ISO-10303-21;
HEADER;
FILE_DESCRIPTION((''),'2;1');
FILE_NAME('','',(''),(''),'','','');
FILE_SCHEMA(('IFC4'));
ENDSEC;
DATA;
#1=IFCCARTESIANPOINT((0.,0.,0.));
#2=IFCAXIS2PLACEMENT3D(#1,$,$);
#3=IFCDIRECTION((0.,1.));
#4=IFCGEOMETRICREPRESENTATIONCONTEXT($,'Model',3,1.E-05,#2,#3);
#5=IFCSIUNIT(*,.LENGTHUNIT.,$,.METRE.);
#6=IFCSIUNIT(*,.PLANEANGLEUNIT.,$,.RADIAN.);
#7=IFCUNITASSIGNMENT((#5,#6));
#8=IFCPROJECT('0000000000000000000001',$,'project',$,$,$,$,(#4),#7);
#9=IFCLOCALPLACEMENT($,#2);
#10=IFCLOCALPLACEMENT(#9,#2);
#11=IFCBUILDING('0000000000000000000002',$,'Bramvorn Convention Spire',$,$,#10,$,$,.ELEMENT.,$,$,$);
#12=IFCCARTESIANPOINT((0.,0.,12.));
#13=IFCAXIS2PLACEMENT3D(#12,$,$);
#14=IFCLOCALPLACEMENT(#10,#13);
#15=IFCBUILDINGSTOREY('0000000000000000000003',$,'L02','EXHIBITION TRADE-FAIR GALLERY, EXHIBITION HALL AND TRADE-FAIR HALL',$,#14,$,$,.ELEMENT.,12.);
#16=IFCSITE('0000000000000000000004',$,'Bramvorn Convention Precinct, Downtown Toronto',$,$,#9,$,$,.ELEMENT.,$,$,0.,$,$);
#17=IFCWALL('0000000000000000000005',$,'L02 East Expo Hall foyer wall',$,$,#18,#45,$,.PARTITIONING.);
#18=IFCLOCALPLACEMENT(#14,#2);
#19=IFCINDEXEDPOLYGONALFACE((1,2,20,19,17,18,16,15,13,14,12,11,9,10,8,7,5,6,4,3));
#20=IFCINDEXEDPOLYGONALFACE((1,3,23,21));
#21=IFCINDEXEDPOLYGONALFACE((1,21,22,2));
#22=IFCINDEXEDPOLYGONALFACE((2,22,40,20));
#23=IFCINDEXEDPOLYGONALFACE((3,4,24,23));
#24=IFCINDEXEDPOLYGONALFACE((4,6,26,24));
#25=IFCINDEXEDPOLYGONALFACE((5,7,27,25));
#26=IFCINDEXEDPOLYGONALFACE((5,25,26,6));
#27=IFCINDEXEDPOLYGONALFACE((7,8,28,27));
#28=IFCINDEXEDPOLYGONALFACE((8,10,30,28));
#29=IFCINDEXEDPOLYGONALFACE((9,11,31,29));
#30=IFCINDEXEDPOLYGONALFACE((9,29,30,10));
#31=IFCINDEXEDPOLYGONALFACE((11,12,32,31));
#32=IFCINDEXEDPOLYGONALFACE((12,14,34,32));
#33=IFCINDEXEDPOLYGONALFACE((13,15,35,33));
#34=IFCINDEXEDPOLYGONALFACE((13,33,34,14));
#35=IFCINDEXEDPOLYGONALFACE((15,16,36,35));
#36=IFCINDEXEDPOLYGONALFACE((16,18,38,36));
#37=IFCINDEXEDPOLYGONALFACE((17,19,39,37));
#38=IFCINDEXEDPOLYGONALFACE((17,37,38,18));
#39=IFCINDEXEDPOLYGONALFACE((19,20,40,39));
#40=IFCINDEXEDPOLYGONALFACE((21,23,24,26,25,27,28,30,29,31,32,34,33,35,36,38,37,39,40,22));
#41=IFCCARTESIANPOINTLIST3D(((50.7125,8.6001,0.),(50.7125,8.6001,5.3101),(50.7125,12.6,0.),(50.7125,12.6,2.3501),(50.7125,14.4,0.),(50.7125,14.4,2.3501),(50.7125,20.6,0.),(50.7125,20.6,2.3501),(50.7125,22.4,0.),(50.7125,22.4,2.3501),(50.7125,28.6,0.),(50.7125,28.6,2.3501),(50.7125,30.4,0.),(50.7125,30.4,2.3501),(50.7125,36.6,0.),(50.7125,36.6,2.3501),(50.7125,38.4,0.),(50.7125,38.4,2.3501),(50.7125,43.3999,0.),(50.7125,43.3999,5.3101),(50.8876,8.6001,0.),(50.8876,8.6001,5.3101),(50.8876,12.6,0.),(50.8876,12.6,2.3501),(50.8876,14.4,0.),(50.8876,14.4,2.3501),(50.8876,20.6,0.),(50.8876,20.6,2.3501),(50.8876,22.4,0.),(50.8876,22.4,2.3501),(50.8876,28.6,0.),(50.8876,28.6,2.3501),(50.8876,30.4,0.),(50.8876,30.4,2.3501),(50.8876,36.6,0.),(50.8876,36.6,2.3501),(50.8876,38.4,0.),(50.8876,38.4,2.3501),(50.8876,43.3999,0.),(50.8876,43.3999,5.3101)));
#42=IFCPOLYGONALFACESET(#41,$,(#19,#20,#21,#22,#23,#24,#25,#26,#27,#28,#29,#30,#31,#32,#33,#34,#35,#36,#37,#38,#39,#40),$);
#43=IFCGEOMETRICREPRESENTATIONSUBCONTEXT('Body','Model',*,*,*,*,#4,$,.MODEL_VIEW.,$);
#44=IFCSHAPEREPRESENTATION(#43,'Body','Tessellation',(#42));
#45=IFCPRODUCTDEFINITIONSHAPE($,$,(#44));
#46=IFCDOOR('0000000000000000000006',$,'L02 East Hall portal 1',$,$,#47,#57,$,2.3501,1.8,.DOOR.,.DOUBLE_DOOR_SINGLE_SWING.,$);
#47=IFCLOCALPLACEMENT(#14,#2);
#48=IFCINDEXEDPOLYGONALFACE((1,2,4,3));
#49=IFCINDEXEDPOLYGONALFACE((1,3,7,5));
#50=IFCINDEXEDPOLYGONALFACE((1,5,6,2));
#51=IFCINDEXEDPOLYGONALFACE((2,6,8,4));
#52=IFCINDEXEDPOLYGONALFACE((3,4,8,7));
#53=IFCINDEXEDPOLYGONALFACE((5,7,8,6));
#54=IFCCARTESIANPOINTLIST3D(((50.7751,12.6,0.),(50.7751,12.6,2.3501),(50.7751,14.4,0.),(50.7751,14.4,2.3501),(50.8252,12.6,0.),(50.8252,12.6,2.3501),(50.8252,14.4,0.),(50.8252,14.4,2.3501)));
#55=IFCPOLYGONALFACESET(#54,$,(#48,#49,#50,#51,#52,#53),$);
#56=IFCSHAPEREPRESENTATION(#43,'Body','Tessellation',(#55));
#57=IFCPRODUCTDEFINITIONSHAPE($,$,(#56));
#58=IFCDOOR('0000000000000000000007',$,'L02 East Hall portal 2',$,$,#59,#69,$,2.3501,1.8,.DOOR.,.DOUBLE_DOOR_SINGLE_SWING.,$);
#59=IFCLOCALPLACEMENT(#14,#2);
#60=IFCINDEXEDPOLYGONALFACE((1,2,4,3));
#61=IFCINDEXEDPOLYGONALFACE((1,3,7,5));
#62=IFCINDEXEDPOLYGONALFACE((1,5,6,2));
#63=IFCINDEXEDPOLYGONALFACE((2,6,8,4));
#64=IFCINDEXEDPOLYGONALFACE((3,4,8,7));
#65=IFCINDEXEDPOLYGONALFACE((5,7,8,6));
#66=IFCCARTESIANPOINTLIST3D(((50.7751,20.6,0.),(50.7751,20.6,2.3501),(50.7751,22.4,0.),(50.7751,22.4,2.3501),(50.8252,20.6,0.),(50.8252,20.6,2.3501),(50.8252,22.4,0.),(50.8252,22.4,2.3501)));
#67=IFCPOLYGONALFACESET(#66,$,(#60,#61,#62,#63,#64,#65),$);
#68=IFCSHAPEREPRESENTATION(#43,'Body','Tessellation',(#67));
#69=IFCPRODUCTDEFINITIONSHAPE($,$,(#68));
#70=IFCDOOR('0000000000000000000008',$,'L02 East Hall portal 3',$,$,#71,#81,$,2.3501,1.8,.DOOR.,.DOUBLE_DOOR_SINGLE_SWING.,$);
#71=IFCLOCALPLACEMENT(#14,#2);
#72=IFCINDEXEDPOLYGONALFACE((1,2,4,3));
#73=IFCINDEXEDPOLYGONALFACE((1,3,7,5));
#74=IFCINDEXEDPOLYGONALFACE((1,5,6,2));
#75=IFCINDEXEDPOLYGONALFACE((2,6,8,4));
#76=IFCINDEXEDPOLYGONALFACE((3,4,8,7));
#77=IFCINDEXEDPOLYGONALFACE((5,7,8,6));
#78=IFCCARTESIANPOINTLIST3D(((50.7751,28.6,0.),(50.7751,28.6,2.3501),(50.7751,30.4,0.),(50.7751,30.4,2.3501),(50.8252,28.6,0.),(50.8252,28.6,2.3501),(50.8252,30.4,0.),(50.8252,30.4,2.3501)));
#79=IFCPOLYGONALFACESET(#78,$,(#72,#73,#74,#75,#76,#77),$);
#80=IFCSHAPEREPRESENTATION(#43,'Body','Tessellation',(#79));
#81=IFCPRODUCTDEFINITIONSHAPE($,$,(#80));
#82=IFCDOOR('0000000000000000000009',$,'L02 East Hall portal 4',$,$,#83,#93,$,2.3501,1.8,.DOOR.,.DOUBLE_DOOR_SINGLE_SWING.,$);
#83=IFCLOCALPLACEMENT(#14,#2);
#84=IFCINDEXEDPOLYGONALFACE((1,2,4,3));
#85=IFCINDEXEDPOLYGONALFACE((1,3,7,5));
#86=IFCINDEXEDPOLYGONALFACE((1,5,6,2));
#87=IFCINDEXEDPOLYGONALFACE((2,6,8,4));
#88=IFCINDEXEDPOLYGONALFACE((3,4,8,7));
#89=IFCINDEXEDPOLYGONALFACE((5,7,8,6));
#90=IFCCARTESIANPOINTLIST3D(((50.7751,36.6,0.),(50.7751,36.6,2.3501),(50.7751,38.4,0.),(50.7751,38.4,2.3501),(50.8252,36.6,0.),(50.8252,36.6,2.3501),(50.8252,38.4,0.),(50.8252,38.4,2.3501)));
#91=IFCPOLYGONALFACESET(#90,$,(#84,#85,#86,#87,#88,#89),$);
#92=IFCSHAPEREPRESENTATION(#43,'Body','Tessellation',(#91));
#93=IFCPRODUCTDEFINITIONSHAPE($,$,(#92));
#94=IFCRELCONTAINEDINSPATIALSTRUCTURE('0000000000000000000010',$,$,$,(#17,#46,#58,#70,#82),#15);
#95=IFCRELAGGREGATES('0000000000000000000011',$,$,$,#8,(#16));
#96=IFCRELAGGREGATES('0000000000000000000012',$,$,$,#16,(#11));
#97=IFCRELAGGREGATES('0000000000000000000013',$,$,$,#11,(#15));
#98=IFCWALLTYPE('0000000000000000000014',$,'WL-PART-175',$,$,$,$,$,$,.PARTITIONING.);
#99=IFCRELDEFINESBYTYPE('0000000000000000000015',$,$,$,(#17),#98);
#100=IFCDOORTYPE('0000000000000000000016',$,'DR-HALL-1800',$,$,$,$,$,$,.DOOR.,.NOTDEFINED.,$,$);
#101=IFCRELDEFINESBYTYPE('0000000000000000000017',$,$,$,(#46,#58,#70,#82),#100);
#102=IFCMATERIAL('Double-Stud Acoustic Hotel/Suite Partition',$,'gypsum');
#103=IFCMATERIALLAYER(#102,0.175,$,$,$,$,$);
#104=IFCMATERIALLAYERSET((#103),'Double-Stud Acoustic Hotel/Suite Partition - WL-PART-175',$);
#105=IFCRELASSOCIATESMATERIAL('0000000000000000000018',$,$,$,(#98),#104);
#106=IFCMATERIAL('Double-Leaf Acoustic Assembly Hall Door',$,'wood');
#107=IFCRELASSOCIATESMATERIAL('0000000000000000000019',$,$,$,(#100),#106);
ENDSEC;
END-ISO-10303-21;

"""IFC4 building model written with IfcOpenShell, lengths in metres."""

from ifc_helpers import new_model, si_unit, direction, frame, frame_2d, origin, place, context, subcontext, project, spatial, rectangle, extrude, material, layer, layer_set, type_object, element, fill, save


model = new_model("IFC4")

# Units and contexts
model_context = context("Model", 3, precision=1e-05, world=origin(), true_north=direction((0.0, 1.0)))
body_context = subcontext(model_context, "Body", "Model", "MODEL_VIEW")
ifc_project = project(units=[si_unit("LENGTHUNIT", "METRE"), si_unit("PLANEANGLEUNIT", "RADIAN")], contexts=[model_context])

# Site, building, storey
site_placement = place(None, origin())
site = spatial("IfcSite", under=ifc_project, at=site_placement, Name="Bramvorn Convention Precinct, Downtown Toronto", CompositionType="ELEMENT", RefElevation=0.0)
building_placement = place(site_placement, origin())
building = spatial("IfcBuilding", under=site, at=building_placement, Name="Bramvorn Convention Spire", CompositionType="ELEMENT")
storey_placement = place(building_placement, frame((0.0, 0.0, 12.0)))
storey = spatial("IfcBuildingStorey", under=building, at=storey_placement, Name="L02", Description="EXHIBITION TRADE-FAIR GALLERY, EXHIBITION HALL AND TRADE-FAIR HALL", CompositionType="ELEMENT", Elevation=12.0)

# Wall, openings, doors
ifc_material_1 = material(Name="Double-Stud Acoustic Hotel/Suite Partition", Category="gypsum")
ifc_layer_1 = layer(ifc_material_1, 0.175)
ifc_layer_set_1 = layer_set([ifc_layer_1], Name="Double-Stud Acoustic Hotel/Suite Partition - WL-PART-175")
wall_type_1 = type_object("IfcWallType", Name="WL-PART-175", PredefinedType="PARTITIONING", material=ifc_layer_set_1)
wall_1_placement = place(storey_placement, frame((50.8, 8.6001, 0.0), z_axis=(0.0, 0.0, 1.0), x_axis=(0.0, 1.0, 0.0)))
wall_1 = element("IfcWall", 1, at=wall_1_placement, inside=storey, type_object=wall_type_1, Name="L02 East Expo Hall foyer wall", PredefinedType="PARTITIONING", context=body_context, shape_type="SweptSolid", body=[
    extrude(rectangle(XDim=34.7998, YDim=0.175, at=frame_2d((17.3999, 0.0))), origin(), (0.0, 0.0, 1.0), 5.3101),
])
opening_1_placement = place(wall_1_placement, frame((4.0, 0.0, 0.0)))
opening_1 = element("IfcOpeningElement", 2, at=opening_1_placement, cuts=wall_1, PredefinedType="OPENING", context=body_context, shape_type="SweptSolid", body=[
    extrude(rectangle(XDim=1.8, YDim=2.3501, at=frame_2d((0.8999, 1.175))), frame((0.0, 0.0974, 0.0), z_axis=(0.0, -1.0, 0.0), x_axis=(1.0, 0.0, 0.0)), (0.0, 0.0, 1.0), 0.1951),
])
opening_2_placement = place(wall_1_placement, frame((12.0, 0.0, 0.0)))
opening_2 = element("IfcOpeningElement", 3, at=opening_2_placement, cuts=wall_1, PredefinedType="OPENING", context=body_context, shape_type="SweptSolid", body=[
    extrude(rectangle(XDim=1.8, YDim=2.3501, at=frame_2d((0.8999, 1.175))), frame((0.0, 0.0974, 0.0), z_axis=(0.0, -1.0, 0.0), x_axis=(1.0, 0.0, 0.0)), (0.0, 0.0, 1.0), 0.1951),
])
opening_3_placement = place(wall_1_placement, frame((20.0, 0.0, 0.0)))
opening_3 = element("IfcOpeningElement", 4, at=opening_3_placement, cuts=wall_1, PredefinedType="OPENING", context=body_context, shape_type="SweptSolid", body=[
    extrude(rectangle(XDim=1.8, YDim=2.3501, at=frame_2d((0.8999, 1.175))), frame((0.0, 0.0974, 0.0), z_axis=(0.0, -1.0, 0.0), x_axis=(1.0, 0.0, 0.0)), (0.0, 0.0, 1.0), 0.1951),
])
opening_4_placement = place(wall_1_placement, frame((28.0, 0.0, 0.0)))
opening_4 = element("IfcOpeningElement", 5, at=opening_4_placement, cuts=wall_1, PredefinedType="OPENING", context=body_context, shape_type="SweptSolid", body=[
    extrude(rectangle(XDim=1.8, YDim=2.3501, at=frame_2d((0.8999, 1.175))), frame((0.0, 0.0974, 0.0), z_axis=(0.0, -1.0, 0.0), x_axis=(1.0, 0.0, 0.0)), (0.0, 0.0, 1.0), 0.1951),
])
ifc_material_2 = material(Name="Double-Leaf Acoustic Assembly Hall Door", Category="wood")
door_type_1 = type_object("IfcDoorType", Name="DR-HALL-1800", OperationType="NOTDEFINED", PredefinedType="DOOR", material=ifc_material_2)
door_1_placement = place(opening_1_placement, origin())
door_1 = element("IfcDoor", 6, at=door_1_placement, inside=storey, type_object=door_type_1, Name="L02 East Hall portal 1", OperationType="DOUBLE_DOOR_SINGLE_SWING", OverallHeight=2.3501, OverallWidth=1.8, PredefinedType="DOOR", context=body_context, shape_type="SweptSolid", body=[
    extrude(rectangle(XDim=1.8, YDim=2.3501, at=frame_2d((0.8999, 1.175))), frame((0.0, 0.0249, 0.0), z_axis=(0.0, -1.0, 0.0), x_axis=(1.0, 0.0, 0.0)), (0.0, 0.0, 1.0), 0.05),
])
fill(opening_1, door_1)
door_2_placement = place(opening_2_placement, origin())
door_2 = element("IfcDoor", 7, at=door_2_placement, inside=storey, type_object=door_type_1, Name="L02 East Hall portal 2", OperationType="DOUBLE_DOOR_SINGLE_SWING", OverallHeight=2.3501, OverallWidth=1.8, PredefinedType="DOOR", context=body_context, shape_type="SweptSolid", body=[
    extrude(rectangle(XDim=1.8, YDim=2.3501, at=frame_2d((0.8999, 1.175))), frame((0.0, 0.0249, 0.0), z_axis=(0.0, -1.0, 0.0), x_axis=(1.0, 0.0, 0.0)), (0.0, 0.0, 1.0), 0.05),
])
fill(opening_2, door_2)
door_3_placement = place(opening_3_placement, origin())
door_3 = element("IfcDoor", 8, at=door_3_placement, inside=storey, type_object=door_type_1, Name="L02 East Hall portal 3", OperationType="DOUBLE_DOOR_SINGLE_SWING", OverallHeight=2.3501, OverallWidth=1.8, PredefinedType="DOOR", context=body_context, shape_type="SweptSolid", body=[
    extrude(rectangle(XDim=1.8, YDim=2.3501, at=frame_2d((0.8999, 1.175))), frame((0.0, 0.0249, 0.0), z_axis=(0.0, -1.0, 0.0), x_axis=(1.0, 0.0, 0.0)), (0.0, 0.0, 1.0), 0.05),
])
fill(opening_3, door_3)
door_4_placement = place(opening_4_placement, origin())
door_4 = element("IfcDoor", 9, at=door_4_placement, inside=storey, type_object=door_type_1, Name="L02 East Hall portal 4", OperationType="DOUBLE_DOOR_SINGLE_SWING", OverallHeight=2.3501, OverallWidth=1.8, PredefinedType="DOOR", context=body_context, shape_type="SweptSolid", body=[
    extrude(rectangle(XDim=1.8, YDim=2.3501, at=frame_2d((0.8999, 1.175))), frame((0.0, 0.0249, 0.0), z_axis=(0.0, -1.0, 0.0), x_axis=(1.0, 0.0, 0.0)), (0.0, 0.0, 1.0), 0.05),
])
fill(opening_4, door_4)

save(model, "model.ifc")
